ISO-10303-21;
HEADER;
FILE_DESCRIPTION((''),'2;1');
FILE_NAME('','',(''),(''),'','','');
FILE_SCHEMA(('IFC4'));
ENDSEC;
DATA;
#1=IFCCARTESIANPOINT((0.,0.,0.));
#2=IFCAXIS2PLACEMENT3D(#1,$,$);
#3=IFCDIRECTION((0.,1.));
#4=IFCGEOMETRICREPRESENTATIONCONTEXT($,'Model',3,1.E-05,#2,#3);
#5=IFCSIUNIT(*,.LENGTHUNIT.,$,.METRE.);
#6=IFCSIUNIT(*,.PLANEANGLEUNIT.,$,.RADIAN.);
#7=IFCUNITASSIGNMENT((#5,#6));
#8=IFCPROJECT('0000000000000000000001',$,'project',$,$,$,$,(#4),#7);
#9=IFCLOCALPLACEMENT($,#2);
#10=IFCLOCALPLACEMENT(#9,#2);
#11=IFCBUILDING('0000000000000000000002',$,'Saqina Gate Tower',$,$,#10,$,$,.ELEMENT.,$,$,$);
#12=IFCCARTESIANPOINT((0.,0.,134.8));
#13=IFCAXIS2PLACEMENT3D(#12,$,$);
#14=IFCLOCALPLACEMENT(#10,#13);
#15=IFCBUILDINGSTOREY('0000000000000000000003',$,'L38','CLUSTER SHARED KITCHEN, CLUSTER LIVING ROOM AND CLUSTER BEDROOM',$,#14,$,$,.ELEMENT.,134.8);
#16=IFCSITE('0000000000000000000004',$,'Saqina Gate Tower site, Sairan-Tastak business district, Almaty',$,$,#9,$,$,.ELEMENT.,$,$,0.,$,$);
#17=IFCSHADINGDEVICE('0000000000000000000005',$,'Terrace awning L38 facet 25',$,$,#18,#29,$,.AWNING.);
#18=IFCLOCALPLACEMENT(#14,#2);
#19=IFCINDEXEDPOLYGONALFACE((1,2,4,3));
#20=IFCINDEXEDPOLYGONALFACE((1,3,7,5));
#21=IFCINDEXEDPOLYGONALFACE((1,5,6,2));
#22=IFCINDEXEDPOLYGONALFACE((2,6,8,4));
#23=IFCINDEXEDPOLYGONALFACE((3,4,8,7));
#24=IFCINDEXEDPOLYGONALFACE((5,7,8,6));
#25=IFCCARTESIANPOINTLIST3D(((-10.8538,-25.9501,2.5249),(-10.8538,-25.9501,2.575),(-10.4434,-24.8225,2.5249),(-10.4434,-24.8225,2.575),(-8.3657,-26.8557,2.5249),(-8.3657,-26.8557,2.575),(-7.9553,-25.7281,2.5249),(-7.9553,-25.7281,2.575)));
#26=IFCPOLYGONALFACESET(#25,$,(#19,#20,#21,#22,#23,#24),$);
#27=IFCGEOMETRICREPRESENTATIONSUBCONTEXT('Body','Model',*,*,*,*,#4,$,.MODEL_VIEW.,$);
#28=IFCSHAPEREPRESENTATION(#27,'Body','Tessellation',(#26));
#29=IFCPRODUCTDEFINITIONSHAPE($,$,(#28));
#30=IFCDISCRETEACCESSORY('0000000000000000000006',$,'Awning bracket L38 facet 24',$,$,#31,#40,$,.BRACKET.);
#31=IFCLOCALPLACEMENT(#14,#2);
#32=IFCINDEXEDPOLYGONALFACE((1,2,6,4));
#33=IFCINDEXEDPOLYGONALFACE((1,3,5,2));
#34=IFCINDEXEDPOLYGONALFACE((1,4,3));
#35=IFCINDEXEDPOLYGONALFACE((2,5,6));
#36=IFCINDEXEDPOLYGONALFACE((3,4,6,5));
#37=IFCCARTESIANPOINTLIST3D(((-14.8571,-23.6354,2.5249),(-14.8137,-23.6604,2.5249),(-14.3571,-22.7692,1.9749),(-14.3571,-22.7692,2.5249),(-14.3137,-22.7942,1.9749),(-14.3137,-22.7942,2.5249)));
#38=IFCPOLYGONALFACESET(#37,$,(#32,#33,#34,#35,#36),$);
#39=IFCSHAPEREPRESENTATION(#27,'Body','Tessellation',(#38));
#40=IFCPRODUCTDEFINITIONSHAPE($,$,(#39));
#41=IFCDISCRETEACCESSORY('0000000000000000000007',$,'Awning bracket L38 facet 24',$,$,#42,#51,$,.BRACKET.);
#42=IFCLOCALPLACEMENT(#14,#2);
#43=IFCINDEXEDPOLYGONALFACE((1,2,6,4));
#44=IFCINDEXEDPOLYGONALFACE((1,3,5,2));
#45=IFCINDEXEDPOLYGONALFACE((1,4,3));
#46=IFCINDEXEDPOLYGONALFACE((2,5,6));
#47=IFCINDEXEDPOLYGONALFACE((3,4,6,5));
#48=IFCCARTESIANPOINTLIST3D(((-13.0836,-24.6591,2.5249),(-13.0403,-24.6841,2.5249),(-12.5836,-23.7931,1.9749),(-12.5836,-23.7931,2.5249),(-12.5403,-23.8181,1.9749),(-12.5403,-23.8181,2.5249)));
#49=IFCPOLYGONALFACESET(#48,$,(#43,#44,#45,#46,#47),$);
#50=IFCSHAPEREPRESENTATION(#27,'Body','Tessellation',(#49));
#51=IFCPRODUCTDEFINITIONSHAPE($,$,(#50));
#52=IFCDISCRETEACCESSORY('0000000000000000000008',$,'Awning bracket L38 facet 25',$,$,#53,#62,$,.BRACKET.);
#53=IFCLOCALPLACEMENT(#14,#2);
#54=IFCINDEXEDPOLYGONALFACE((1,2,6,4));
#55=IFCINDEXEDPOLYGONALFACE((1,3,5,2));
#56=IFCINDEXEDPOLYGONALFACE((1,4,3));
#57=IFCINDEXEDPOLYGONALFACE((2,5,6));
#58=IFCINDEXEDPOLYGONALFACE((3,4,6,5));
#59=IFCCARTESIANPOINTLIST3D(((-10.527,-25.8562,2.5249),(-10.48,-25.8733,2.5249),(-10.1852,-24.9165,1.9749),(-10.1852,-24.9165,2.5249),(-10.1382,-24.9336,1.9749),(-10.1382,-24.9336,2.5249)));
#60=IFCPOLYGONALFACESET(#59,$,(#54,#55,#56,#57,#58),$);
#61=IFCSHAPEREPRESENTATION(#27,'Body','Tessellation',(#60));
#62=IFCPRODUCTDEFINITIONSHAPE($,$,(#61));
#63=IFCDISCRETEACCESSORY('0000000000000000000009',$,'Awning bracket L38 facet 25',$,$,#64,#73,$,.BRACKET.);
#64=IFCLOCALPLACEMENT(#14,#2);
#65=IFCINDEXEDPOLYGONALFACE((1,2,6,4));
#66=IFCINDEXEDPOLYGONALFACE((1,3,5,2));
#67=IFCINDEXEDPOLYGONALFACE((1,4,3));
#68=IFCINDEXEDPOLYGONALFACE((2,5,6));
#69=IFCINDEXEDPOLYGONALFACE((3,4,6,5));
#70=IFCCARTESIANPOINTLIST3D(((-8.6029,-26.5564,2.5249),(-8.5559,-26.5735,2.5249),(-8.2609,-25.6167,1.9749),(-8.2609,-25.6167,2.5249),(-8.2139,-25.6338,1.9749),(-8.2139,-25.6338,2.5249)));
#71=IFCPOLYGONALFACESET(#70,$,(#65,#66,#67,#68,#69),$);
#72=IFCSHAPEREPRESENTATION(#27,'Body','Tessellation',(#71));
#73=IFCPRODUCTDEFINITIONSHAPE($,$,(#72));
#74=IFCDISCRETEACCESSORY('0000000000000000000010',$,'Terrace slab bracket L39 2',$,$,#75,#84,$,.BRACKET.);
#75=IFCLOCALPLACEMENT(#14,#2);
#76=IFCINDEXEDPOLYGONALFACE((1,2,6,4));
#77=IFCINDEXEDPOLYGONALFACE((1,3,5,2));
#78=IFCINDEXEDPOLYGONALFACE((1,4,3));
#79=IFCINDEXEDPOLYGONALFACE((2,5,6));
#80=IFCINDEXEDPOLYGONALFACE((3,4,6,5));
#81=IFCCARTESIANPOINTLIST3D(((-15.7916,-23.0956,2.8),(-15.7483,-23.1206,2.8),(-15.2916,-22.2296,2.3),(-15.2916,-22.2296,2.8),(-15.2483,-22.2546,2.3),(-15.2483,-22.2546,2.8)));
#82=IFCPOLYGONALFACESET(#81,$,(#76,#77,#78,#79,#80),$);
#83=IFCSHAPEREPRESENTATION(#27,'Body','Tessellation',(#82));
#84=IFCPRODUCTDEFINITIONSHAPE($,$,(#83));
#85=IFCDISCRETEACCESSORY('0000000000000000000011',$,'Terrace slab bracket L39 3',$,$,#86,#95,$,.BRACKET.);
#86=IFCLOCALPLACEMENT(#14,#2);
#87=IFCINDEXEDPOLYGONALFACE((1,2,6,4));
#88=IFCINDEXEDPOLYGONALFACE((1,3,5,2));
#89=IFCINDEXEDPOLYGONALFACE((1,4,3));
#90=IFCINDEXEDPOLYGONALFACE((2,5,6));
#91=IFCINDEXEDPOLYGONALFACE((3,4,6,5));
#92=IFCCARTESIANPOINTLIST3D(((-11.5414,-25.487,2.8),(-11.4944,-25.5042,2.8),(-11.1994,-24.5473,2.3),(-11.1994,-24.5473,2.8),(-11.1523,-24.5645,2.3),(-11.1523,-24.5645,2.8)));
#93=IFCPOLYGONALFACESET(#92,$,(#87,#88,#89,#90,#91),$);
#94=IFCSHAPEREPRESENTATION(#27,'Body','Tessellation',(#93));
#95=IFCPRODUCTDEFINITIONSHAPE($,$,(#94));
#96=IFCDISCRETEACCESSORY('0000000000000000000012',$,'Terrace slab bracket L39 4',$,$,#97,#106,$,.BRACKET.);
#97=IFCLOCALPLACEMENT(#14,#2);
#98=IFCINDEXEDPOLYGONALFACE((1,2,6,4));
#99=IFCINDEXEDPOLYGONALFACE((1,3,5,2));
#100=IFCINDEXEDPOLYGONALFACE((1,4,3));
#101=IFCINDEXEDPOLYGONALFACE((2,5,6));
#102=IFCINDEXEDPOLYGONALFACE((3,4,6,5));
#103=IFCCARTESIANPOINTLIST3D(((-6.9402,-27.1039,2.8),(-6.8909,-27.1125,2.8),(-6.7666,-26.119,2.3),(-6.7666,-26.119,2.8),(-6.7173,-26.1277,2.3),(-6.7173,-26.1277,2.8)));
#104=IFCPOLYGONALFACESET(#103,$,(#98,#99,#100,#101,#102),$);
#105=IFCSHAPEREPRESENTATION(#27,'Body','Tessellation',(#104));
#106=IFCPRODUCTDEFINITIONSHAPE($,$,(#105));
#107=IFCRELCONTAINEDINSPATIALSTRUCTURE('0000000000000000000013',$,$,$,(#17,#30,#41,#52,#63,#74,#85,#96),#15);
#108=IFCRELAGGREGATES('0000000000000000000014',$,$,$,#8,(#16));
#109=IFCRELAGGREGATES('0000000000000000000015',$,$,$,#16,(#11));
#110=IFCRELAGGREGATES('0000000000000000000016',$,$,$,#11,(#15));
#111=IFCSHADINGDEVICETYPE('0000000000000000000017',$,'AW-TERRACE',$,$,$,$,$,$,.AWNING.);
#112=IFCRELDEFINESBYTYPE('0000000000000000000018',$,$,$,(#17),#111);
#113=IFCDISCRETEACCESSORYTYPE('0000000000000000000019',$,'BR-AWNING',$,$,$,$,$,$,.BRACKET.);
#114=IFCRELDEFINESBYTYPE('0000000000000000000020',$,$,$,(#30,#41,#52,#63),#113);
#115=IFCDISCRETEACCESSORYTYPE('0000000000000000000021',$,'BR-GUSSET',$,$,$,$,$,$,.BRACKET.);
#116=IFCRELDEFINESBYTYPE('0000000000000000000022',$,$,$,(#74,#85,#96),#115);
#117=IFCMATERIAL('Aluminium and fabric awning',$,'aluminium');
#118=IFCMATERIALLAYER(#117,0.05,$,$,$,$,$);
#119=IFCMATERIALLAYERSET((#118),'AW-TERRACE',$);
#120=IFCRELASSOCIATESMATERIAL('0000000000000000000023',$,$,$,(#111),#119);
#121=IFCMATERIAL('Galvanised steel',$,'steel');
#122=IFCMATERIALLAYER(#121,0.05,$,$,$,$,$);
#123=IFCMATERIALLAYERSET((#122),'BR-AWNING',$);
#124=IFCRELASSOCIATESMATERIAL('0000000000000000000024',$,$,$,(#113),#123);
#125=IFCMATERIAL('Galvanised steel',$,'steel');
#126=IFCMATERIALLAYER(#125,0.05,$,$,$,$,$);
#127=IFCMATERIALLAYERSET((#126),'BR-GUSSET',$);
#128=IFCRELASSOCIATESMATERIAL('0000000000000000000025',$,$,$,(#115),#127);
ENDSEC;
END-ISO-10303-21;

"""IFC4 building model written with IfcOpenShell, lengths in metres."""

from ifc_helpers import new_model, si_unit, direction, frame, origin, origin_2d, place, context, subcontext, project, spatial, polyline, rectangle, outline, extrude, material, layer, layer_set, type_object, element, save


model = new_model("IFC4")

# Units and contexts
model_context = context("Model", 3, precision=1e-05, world=origin(), true_north=direction((0.0, 1.0)))
body_context = subcontext(model_context, "Body", "Model", "MODEL_VIEW")
ifc_project = project(units=[si_unit("LENGTHUNIT", "METRE"), si_unit("PLANEANGLEUNIT", "RADIAN")], contexts=[model_context])

# Site, building, storey
site_placement = place(None, origin())
site = spatial("IfcSite", under=ifc_project, at=site_placement, Name="Saqina Gate Tower site, Sairan-Tastak business district, Almaty", CompositionType="ELEMENT", RefElevation=0.0)
building_placement = place(site_placement, origin())
building = spatial("IfcBuilding", under=site, at=building_placement, Name="Saqina Gate Tower", CompositionType="ELEMENT")
storey_placement = place(building_placement, frame((0.0, 0.0, 134.8)))
storey = spatial("IfcBuildingStorey", under=building, at=storey_placement, Name="L38", Description="CLUSTER SHARED KITCHEN, CLUSTER LIVING ROOM AND CLUSTER BEDROOM", CompositionType="ELEMENT", Elevation=134.8)

# Shading device
ifc_material_1 = material(Name="Aluminium and fabric awning", Category="aluminium")
ifc_layer_1 = layer(ifc_material_1, 0.05)
ifc_layer_set_1 = layer_set([ifc_layer_1], Name="AW-TERRACE")
shading_device_type = type_object("IfcShadingDeviceType", Name="AW-TERRACE", PredefinedType="AWNING", material=ifc_layer_set_1)
for number, where, z_axis, x_axis, name in (
    (1, (-9.4045, -25.8391, 2.5249), (0.0, 0.0, 1.0), (0.939693, -0.34202, 0.0), "Terrace awning L38 facet 25"),
):
    element("IfcShadingDevice", number, at=place(storey_placement, frame(where, z_axis=z_axis, x_axis=x_axis)), inside=storey, type_object=shading_device_type, Name=name, PredefinedType="AWNING", context=body_context, shape_type="SweptSolid", body=[
        extrude(rectangle(XDim=2.6477, YDim=1.2, at=origin_2d()), origin(), (0.0, 0.0, 1.0), 0.05),
    ])

# Discrete accessories
ifc_material_2 = material(Name="Galvanised steel", Category="steel")
ifc_layer_2 = layer(ifc_material_2, 0.05)
ifc_layer_set_2 = layer_set([ifc_layer_2], Name="BR-AWNING")
discrete_accessory_type_1 = type_object("IfcDiscreteAccessoryType", Name="BR-AWNING", PredefinedType="BRACKET", material=ifc_layer_set_2)
discrete_accessory_1_placement = place(storey_placement, frame((-14.3137, -22.7942, 1.9749), z_axis=(0.866072, -0.49992, 0.0), x_axis=(0.0, 0.0, 1.0)))
element("IfcDiscreteAccessory", 2, at=discrete_accessory_1_placement, inside=storey, type_object=discrete_accessory_type_1, Name="Awning bracket L38 facet 24", PredefinedType="BRACKET", context=body_context, shape_type="SweptSolid", body=[
    extrude(outline(polyline([(0.0, 0.0), (0.55, 0.0), (0.55, 1.0002), (0.0, 0.0)])), origin(), (0.0, 0.0, -1.0), 0.05),
])
discrete_accessory_2_placement = place(storey_placement, frame((-12.5403, -23.8181, 1.9749), z_axis=(0.866011, -0.500025, 0.0), x_axis=(0.0, 0.0, 1.0)))
element("IfcDiscreteAccessory", 3, at=discrete_accessory_2_placement, inside=storey, type_object=discrete_accessory_type_1, Name="Awning bracket L38 facet 24", PredefinedType="BRACKET", context=body_context, shape_type="SweptSolid", body=[
    extrude(outline(polyline([(0.0, 0.0), (0.55, 0.0), (0.55, 0.9999), (0.0, 0.0)])), origin(), (0.0, 0.0, -1.0), 0.05),
])
discrete_accessory_3_placement = place(storey_placement, frame((-10.1382, -24.9336, 1.9749), z_axis=(0.939765, -0.341821, 0.0), x_axis=(0.0, 0.0, 1.0)))
element("IfcDiscreteAccessory", 4, at=discrete_accessory_3_placement, inside=storey, type_object=discrete_accessory_type_1, Name="Awning bracket L38 facet 25", PredefinedType="BRACKET", context=body_context, shape_type="SweptSolid", body=[
    extrude(outline(polyline([(0.0, 0.0), (0.55, 0.0), (0.55, 0.9999), (0.0, 0.0)])), origin(), (0.0, 0.0, -1.0), 0.05),
])
discrete_accessory_4_placement = place(storey_placement, frame((-8.2139, -25.6338, 1.9749), z_axis=(0.939686, -0.342037, 0.0), x_axis=(0.0, 0.0, 1.0)))
element("IfcDiscreteAccessory", 5, at=discrete_accessory_4_placement, inside=storey, type_object=discrete_accessory_type_1, Name="Awning bracket L38 facet 25", PredefinedType="BRACKET", context=body_context, shape_type="SweptSolid", body=[
    extrude(outline(polyline([(0.0, 0.0), (0.55, 0.0), (0.55, 1.0), (0.0, 0.0)])), origin(), (0.0, 0.0, -1.0), 0.05),
])
ifc_material_3 = material(Name="Galvanised steel", Category="steel")
ifc_layer_3 = layer(ifc_material_3, 0.05)
ifc_layer_set_3 = layer_set([ifc_layer_3], Name="BR-GUSSET")
discrete_accessory_type_2 = type_object("IfcDiscreteAccessoryType", Name="BR-GUSSET", PredefinedType="BRACKET", material=ifc_layer_set_3)
discrete_accessory_5_placement = place(storey_placement, frame((-15.2483, -22.2546, 2.3), z_axis=(0.866011, -0.500025, 0.0), x_axis=(0.0, 0.0, 1.0)))
element("IfcDiscreteAccessory", 6, at=discrete_accessory_5_placement, inside=storey, type_object=discrete_accessory_type_2, Name="Terrace slab bracket L39 2", PredefinedType="BRACKET", context=body_context, shape_type="SweptSolid", body=[
    extrude(outline(polyline([(0.0, 0.0), (0.5, 0.0), (0.5, 0.9999), (0.0, 0.0)])), origin(), (0.0, 0.0, -1.0), 0.05),
])
discrete_accessory_6_placement = place(storey_placement, frame((-11.1523, -24.5645, 2.3), z_axis=(0.939686, -0.342037, 0.0), x_axis=(0.0, 0.0, 1.0)))
element("IfcDiscreteAccessory", 7, at=discrete_accessory_6_placement, inside=storey, type_object=discrete_accessory_type_2, Name="Terrace slab bracket L39 3", PredefinedType="BRACKET", context=body_context, shape_type="SweptSolid", body=[
    extrude(outline(polyline([(0.0, 0.0), (0.5, 0.0), (0.5, 1.0), (0.0, 0.0)])), origin(), (0.0, 0.0, -1.0), 0.05),
])
discrete_accessory_7_placement = place(storey_placement, frame((-6.7173, -26.1277, 2.3), z_axis=(0.98482, -0.173576, 0.0), x_axis=(0.0, 0.0, 1.0)))
element("IfcDiscreteAccessory", 8, at=discrete_accessory_7_placement, inside=storey, type_object=discrete_accessory_type_2, Name="Terrace slab bracket L39 4", PredefinedType="BRACKET", context=body_context, shape_type="SweptSolid", body=[
    extrude(outline(polyline([(0.0, 0.0), (0.5, 0.0), (0.5, 1.0), (0.0, 0.0)])), origin(), (0.0, 0.0, -1.0), 0.05),
])

save(model, "model.ifc")
